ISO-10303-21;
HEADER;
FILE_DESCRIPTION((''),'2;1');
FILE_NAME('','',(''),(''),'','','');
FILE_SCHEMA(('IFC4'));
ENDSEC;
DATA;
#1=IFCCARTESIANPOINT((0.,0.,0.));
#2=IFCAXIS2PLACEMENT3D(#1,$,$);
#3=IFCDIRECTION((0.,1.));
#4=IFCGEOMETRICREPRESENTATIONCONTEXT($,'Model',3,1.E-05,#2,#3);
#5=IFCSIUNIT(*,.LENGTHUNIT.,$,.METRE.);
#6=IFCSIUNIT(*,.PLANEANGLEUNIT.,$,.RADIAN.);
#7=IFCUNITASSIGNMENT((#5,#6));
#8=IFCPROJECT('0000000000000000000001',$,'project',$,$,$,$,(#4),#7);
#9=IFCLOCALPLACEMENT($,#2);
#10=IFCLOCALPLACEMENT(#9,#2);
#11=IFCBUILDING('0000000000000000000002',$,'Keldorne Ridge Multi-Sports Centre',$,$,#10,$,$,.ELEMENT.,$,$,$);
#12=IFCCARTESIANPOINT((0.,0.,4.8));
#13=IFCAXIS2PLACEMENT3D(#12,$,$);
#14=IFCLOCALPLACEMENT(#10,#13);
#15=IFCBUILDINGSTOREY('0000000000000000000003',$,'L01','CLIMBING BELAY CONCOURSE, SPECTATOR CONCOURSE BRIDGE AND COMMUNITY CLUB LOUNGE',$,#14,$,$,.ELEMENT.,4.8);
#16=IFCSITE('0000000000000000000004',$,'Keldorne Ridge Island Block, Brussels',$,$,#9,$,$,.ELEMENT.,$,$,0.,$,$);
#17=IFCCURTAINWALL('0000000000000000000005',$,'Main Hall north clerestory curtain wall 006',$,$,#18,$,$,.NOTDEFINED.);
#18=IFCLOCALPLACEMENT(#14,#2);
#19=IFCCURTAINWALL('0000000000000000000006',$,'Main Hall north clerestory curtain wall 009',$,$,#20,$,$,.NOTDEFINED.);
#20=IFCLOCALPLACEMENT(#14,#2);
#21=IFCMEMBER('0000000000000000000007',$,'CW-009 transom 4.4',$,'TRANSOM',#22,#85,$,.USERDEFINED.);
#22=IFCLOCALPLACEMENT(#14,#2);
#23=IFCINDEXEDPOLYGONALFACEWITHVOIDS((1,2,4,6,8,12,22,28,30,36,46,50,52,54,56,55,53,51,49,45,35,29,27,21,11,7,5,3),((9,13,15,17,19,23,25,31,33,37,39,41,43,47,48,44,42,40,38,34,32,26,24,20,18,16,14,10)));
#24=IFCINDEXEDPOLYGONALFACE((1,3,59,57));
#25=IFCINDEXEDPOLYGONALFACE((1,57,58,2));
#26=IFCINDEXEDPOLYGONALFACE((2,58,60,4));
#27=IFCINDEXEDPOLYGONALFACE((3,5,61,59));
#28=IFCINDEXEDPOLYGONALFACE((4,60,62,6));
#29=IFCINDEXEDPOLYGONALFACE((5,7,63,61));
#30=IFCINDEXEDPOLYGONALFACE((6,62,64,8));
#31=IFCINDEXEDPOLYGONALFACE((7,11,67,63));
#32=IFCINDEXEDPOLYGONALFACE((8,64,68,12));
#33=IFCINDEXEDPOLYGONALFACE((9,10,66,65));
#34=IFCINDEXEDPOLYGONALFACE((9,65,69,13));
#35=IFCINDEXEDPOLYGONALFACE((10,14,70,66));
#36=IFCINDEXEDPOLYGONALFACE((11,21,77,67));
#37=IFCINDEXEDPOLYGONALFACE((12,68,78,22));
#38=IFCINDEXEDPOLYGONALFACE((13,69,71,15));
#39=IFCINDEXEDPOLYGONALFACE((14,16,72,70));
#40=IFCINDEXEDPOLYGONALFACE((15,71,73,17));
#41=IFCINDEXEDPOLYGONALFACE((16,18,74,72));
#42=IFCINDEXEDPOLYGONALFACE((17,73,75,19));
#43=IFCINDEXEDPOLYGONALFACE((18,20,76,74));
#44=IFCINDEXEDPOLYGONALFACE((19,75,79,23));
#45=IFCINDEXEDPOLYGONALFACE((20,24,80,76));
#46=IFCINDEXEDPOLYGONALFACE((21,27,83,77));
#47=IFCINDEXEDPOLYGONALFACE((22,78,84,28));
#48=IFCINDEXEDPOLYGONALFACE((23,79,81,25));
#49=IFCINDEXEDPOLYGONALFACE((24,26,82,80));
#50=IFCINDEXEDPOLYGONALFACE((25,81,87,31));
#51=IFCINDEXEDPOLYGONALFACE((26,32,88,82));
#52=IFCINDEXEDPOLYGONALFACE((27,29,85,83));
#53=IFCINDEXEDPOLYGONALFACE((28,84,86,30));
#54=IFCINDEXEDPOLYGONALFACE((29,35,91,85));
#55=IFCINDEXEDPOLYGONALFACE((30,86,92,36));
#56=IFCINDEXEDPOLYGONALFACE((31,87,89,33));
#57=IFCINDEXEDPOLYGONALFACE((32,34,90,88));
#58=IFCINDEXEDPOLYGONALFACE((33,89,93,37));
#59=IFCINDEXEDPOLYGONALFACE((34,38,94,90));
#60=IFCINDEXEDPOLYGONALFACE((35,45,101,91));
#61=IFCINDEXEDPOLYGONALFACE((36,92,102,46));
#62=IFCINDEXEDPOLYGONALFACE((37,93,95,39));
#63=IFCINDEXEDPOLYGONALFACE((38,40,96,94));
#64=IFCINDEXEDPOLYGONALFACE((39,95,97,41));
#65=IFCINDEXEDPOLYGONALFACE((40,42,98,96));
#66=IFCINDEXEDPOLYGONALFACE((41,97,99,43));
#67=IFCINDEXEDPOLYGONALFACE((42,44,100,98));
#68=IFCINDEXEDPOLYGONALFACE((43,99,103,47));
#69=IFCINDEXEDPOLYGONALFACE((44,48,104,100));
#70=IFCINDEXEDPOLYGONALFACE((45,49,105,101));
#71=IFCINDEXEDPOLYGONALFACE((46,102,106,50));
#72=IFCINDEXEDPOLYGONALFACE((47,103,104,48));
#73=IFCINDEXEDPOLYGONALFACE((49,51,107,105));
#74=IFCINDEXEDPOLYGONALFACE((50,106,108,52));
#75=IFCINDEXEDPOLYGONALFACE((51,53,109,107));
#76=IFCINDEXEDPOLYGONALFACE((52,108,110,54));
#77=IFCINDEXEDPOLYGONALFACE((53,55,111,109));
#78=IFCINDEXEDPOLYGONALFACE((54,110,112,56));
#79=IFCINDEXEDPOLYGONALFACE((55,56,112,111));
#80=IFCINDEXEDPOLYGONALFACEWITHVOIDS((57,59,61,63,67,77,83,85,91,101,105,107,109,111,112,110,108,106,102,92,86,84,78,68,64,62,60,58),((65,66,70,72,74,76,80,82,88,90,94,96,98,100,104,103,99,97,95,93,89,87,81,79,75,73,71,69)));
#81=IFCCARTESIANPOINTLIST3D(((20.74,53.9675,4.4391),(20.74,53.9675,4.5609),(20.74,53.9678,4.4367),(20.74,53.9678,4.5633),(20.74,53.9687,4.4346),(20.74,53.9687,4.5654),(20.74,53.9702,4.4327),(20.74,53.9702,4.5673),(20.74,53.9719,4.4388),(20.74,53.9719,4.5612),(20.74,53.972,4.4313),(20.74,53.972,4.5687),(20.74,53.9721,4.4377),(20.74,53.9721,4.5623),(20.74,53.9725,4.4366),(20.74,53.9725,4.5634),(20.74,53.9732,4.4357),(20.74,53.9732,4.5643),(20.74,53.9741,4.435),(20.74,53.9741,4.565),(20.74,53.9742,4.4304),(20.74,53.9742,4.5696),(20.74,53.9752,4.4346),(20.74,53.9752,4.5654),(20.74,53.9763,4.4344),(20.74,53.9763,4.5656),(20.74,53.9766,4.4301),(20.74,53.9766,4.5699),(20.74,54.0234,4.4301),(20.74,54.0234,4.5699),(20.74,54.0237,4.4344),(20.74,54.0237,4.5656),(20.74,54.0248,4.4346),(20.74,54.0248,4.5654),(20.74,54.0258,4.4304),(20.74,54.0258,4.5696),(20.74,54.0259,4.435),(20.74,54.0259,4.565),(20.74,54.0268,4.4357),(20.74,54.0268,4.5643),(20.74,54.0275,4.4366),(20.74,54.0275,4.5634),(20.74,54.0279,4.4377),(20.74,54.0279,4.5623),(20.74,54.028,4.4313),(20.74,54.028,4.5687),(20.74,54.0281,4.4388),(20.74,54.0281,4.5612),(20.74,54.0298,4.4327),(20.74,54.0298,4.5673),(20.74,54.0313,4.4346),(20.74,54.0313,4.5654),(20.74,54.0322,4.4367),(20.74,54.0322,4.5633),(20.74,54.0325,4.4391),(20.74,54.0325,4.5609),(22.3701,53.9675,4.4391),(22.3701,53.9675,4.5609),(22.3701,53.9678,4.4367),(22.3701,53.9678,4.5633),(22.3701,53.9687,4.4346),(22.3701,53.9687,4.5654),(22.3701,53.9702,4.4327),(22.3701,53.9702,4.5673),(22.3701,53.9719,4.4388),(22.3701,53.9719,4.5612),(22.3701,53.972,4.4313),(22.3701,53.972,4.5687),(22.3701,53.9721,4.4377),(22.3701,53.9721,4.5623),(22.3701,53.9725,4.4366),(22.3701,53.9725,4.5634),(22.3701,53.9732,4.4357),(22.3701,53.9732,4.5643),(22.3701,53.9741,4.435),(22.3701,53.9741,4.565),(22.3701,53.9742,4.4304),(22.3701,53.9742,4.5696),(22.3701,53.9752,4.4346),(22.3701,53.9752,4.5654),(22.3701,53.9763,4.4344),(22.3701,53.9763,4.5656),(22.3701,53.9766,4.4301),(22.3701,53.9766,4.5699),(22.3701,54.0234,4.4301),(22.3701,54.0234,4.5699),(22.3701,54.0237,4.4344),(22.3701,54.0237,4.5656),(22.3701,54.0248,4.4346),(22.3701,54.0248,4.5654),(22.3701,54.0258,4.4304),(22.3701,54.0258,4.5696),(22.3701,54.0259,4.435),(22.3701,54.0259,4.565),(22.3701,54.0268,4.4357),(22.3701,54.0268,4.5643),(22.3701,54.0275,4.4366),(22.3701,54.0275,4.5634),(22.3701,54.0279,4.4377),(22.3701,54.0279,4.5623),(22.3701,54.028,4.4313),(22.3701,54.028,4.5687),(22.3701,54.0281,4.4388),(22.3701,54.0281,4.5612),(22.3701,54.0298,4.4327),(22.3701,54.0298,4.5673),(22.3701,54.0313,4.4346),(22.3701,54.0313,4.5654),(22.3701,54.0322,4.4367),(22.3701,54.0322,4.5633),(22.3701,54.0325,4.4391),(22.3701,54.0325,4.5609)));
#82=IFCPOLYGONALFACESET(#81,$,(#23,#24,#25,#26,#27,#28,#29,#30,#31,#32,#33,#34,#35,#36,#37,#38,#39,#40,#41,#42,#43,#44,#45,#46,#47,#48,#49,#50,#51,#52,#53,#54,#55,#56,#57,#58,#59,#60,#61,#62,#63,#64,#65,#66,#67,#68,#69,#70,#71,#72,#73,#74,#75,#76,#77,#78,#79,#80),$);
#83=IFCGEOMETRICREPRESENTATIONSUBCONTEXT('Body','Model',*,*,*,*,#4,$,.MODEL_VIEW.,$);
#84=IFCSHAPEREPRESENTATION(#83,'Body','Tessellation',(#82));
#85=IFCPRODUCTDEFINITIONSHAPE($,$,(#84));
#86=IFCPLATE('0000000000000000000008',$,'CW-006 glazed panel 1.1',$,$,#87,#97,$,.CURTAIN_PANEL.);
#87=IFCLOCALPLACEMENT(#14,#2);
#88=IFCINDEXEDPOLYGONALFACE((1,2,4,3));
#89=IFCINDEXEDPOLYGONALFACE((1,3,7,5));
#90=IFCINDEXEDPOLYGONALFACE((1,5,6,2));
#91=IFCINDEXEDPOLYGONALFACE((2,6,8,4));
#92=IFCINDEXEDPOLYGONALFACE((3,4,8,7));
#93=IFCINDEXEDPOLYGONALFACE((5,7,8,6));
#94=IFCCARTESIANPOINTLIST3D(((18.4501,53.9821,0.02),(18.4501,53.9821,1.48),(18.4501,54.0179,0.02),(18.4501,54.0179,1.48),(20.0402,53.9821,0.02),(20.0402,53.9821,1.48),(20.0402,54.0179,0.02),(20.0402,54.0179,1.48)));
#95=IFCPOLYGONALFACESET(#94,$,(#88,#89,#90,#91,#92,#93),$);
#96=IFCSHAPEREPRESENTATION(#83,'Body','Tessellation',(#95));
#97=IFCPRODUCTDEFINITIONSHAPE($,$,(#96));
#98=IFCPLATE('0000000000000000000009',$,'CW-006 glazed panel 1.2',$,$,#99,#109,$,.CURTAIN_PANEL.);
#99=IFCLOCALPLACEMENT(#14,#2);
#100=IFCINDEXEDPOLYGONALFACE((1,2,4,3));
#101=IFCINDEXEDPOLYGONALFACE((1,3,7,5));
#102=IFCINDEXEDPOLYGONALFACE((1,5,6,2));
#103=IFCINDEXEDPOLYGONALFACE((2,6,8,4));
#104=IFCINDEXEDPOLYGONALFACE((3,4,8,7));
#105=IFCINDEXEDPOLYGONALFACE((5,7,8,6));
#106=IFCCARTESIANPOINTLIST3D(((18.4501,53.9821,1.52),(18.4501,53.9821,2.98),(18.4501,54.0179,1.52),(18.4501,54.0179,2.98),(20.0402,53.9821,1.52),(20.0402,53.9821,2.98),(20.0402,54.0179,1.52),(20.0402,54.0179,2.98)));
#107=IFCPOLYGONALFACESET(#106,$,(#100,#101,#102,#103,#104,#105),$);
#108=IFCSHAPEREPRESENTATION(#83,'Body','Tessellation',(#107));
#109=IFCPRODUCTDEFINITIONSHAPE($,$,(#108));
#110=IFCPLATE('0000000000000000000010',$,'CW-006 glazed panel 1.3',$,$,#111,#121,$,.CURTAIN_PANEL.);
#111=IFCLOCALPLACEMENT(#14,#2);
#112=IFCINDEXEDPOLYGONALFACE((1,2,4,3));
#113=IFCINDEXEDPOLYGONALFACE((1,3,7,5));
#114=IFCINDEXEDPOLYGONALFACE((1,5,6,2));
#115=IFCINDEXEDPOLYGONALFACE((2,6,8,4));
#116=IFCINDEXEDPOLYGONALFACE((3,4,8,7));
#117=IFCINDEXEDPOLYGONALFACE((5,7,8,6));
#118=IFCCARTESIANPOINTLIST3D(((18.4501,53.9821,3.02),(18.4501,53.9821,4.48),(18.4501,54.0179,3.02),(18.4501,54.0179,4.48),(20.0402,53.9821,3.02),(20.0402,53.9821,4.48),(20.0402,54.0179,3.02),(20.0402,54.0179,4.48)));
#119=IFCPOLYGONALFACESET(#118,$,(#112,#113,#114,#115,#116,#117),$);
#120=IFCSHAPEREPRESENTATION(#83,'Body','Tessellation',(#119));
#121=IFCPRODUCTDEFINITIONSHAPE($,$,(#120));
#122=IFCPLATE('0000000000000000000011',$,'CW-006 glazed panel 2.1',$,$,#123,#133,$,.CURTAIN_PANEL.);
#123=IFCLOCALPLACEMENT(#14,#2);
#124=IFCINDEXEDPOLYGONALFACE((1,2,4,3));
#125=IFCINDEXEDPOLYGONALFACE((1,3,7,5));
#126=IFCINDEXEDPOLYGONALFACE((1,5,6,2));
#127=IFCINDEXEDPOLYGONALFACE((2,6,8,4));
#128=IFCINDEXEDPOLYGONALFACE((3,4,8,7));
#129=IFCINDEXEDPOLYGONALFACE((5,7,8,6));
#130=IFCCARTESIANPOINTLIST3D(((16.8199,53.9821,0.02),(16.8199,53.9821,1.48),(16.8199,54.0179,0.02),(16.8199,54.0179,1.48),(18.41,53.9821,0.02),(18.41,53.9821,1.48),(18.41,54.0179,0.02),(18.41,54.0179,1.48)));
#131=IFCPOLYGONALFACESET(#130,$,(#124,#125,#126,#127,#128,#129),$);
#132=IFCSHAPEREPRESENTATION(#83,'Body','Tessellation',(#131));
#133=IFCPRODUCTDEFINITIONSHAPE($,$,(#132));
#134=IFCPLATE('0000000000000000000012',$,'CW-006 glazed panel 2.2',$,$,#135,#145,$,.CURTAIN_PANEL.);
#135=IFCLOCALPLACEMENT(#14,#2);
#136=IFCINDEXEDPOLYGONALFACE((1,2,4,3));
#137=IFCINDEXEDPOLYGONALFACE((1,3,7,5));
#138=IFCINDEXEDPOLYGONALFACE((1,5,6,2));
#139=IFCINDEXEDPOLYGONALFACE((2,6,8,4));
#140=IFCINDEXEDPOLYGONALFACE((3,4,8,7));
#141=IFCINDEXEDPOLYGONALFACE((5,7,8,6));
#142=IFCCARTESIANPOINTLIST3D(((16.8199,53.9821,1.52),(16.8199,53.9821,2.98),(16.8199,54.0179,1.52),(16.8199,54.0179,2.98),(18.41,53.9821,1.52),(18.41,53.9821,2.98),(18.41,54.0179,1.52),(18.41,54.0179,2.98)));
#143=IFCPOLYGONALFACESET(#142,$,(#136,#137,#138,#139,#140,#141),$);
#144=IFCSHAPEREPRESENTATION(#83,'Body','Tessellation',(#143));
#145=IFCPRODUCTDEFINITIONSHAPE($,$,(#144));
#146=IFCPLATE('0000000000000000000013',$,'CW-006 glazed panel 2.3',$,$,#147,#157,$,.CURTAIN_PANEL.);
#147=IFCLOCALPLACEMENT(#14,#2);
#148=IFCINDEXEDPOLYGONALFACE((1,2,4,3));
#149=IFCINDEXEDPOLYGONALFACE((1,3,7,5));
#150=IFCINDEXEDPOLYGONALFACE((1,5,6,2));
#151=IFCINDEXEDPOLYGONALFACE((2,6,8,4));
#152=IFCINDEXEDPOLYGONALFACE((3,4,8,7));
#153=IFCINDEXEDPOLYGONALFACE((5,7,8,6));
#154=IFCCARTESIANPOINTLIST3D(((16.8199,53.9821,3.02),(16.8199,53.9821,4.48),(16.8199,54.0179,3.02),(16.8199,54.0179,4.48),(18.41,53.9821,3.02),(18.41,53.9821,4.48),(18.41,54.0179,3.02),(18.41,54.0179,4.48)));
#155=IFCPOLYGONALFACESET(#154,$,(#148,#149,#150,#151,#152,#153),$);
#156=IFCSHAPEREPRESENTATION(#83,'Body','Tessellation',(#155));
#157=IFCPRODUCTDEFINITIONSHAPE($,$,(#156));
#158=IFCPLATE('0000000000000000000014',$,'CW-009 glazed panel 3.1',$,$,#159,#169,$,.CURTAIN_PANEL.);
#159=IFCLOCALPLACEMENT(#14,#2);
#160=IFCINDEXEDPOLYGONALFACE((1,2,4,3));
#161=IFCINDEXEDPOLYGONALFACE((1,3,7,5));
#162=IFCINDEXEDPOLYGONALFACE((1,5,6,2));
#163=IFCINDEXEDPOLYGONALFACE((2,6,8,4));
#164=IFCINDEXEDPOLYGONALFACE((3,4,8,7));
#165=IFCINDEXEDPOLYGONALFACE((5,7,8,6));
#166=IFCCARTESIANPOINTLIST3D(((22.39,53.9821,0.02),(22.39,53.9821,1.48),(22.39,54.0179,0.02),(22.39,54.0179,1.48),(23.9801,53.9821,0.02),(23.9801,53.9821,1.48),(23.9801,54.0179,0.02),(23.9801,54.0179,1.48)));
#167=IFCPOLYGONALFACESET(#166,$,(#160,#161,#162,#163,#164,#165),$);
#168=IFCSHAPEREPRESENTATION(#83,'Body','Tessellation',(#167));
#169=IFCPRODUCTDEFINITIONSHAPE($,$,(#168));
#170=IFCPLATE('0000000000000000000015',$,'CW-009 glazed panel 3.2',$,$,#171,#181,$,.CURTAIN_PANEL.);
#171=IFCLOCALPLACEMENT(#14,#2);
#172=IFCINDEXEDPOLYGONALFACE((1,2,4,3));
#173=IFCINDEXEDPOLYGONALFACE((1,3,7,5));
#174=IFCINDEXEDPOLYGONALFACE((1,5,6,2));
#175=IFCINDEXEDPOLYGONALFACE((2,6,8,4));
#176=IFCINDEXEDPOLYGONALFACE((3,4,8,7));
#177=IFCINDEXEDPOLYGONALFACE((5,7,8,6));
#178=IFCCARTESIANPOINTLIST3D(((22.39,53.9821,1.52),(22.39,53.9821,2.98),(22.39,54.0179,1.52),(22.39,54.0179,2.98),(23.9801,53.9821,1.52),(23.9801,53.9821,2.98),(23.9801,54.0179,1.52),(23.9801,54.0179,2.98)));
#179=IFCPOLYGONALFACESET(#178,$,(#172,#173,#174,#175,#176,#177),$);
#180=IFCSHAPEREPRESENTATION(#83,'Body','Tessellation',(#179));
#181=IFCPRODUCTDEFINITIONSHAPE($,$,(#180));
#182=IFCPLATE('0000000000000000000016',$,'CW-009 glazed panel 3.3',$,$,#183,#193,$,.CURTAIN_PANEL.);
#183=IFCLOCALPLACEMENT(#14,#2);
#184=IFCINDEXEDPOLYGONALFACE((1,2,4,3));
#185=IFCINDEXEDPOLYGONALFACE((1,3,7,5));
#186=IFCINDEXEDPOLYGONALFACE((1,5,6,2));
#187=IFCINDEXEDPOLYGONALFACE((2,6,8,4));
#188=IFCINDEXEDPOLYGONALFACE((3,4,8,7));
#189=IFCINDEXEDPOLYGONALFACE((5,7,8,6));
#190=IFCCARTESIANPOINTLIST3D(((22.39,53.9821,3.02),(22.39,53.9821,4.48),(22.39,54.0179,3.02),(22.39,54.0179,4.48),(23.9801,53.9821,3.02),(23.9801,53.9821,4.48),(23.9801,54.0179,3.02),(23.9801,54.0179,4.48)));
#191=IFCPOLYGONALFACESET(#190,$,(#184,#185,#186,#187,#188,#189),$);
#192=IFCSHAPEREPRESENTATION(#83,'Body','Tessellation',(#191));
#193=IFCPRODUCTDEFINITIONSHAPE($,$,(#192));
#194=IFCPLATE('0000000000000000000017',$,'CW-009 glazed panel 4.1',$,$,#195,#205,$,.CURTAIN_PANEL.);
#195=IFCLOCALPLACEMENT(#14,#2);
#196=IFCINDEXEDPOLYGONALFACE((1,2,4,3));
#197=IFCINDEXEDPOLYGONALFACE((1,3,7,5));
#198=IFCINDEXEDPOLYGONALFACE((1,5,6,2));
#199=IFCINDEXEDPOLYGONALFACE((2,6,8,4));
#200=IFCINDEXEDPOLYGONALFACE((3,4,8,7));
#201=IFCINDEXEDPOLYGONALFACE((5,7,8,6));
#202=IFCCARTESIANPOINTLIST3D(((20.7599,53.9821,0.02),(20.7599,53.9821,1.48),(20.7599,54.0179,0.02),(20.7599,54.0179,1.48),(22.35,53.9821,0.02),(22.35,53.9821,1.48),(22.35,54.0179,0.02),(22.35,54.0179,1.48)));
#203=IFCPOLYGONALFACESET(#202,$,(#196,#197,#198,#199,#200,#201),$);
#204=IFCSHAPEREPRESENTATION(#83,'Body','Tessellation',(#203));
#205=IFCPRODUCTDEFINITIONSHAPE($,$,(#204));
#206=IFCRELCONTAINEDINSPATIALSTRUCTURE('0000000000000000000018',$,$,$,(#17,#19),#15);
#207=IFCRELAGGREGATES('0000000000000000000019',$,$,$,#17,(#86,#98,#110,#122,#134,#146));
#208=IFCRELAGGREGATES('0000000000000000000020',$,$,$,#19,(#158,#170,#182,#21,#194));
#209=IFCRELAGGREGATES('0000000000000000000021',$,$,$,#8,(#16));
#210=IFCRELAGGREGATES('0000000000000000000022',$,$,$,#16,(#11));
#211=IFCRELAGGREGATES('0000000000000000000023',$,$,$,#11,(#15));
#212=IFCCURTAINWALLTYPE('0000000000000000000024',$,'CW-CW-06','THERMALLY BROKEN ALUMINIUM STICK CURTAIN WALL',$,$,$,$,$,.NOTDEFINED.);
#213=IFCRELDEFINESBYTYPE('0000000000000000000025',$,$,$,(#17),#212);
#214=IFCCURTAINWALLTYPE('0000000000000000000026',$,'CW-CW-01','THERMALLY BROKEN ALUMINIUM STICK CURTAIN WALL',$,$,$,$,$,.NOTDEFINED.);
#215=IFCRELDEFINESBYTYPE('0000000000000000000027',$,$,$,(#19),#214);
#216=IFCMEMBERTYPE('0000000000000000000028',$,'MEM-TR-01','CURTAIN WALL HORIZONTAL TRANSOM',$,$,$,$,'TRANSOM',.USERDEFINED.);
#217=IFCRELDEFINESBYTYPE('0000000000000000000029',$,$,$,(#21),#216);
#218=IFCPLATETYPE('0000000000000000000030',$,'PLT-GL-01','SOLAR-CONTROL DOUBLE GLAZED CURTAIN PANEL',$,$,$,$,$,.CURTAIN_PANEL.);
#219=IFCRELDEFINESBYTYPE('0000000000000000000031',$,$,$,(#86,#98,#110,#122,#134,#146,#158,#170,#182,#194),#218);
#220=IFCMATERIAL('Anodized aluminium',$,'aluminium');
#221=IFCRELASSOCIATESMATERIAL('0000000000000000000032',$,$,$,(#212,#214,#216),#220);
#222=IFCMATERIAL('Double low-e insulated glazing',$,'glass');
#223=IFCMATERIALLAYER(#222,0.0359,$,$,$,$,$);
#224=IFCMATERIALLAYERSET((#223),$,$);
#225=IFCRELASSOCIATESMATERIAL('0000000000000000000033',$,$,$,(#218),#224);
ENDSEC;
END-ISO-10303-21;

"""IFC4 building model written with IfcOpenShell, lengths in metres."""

from ifc_helpers import new_model, si_unit, direction, frame, origin, origin_2d, place, context, subcontext, project, spatial, rectangle, hollow_rectangle, extrude, material, layer, layer_set, material_profile, profile_set, type_object, element, aggregate, save


model = new_model("IFC4")

# Units and contexts
model_context = context("Model", 3, precision=1e-05, world=origin(), true_north=direction((0.0, 1.0)))
body_context = subcontext(model_context, "Body", "Model", "MODEL_VIEW")
ifc_project = project(units=[si_unit("LENGTHUNIT", "METRE"), si_unit("PLANEANGLEUNIT", "RADIAN")], contexts=[model_context])

# Site, building, storey
site_placement = place(None, origin())
site = spatial("IfcSite", under=ifc_project, at=site_placement, Name="Keldorne Ridge Island Block, Brussels", CompositionType="ELEMENT", RefElevation=0.0)
building_placement = place(site_placement, origin())
building = spatial("IfcBuilding", under=site, at=building_placement, Name="Keldorne Ridge Multi-Sports Centre", CompositionType="ELEMENT")
storey_placement = place(building_placement, frame((0.0, 0.0, 4.8)))
storey = spatial("IfcBuildingStorey", under=building, at=storey_placement, Name="L01", Description="CLIMBING BELAY CONCOURSE, SPECTATOR CONCOURSE BRIDGE AND COMMUNITY CLUB LOUNGE", CompositionType="ELEMENT", Elevation=4.8)

# Curtain walls
ifc_material_1 = material(Name="Anodized aluminium", Category="aluminium")
curtain_wall_type_1 = type_object("IfcCurtainWallType", Name="CW-CW-06", Description="THERMALLY BROKEN ALUMINIUM STICK CURTAIN WALL", PredefinedType="NOTDEFINED", material=ifc_material_1)
curtain_wall_1_placement = place(storey_placement, origin())
curtain_wall_1 = element("IfcCurtainWall", 1, at=curtain_wall_1_placement, inside=storey, type_object=curtain_wall_type_1, Name="Main Hall north clerestory curtain wall 006", PredefinedType="NOTDEFINED")
curtain_wall_type_2 = type_object("IfcCurtainWallType", Name="CW-CW-01", Description="THERMALLY BROKEN ALUMINIUM STICK CURTAIN WALL", PredefinedType="NOTDEFINED", material=ifc_material_1)
curtain_wall_2_placement = place(storey_placement, origin())
curtain_wall_2 = element("IfcCurtainWall", 2, at=curtain_wall_2_placement, inside=storey, type_object=curtain_wall_type_2, Name="Main Hall north clerestory curtain wall 009", PredefinedType="NOTDEFINED")

# Member
ifc_material_profile_1 = material_profile(ifc_material_1, hollow_rectangle(XDim=0.0649, YDim=0.1399, WallThickness=0.0044, InnerFilletRadius=0.0044, OuterFilletRadius=0.009, at=origin_2d()), Name="ALU TRANSOM 140x65x4.5")
ifc_profile_set_1 = profile_set([ifc_material_profile_1], Name="Anodized aluminium")
member_type_1 = type_object("IfcMemberType", Name="MEM-TR-01", Description="CURTAIN WALL HORIZONTAL TRANSOM", ElementType="TRANSOM", PredefinedType="USERDEFINED", material=ifc_profile_set_1)
member_1_placement = place(storey_placement, frame((22.3701, 54.0, 4.5), z_axis=(-1.0, 0.0, 0.0), x_axis=(0.0, -1.0, 0.0)))
member_1 = element("IfcMember", 3, at=member_1_placement, type_object=member_type_1, Name="CW-009 transom 4.4", ObjectType="TRANSOM", PredefinedType="USERDEFINED", context=body_context, shape_type="SweptSolid", body=[
    extrude(hollow_rectangle(XDim=0.0649, YDim=0.1399, WallThickness=0.0044, InnerFilletRadius=0.0044, OuterFilletRadius=0.009, at=origin_2d()), origin(), (0.0, 0.0, 1.0), 1.6301),
])

# Plates
ifc_material_2 = material(Name="Double low-e insulated glazing", Category="glass")
ifc_layer = layer(ifc_material_2, 0.0359)
ifc_layer_set = layer_set([ifc_layer])
plate_type = type_object("IfcPlateType", Name="PLT-GL-01", Description="SOLAR-CONTROL DOUBLE GLAZED CURTAIN PANEL", PredefinedType="CURTAIN_PANEL", material=ifc_layer_set)
plate_1_placement = place(storey_placement, frame((19.2451, 54.0, 0.02), z_axis=(0.0, 0.0, 1.0), x_axis=(-1.0, 0.0, 0.0)))
plate_1 = element("IfcPlate", 4, at=plate_1_placement, type_object=plate_type, Name="CW-006 glazed panel 1.1", PredefinedType="CURTAIN_PANEL", context=body_context, shape_type="SweptSolid", body=[
    extrude(rectangle(XDim=1.5901, YDim=0.0359, at=origin_2d()), origin(), (0.0, 0.0, 1.0), 1.46),
])
plate_2_placement = place(storey_placement, frame((19.2451, 54.0, 1.52), z_axis=(0.0, 0.0, 1.0), x_axis=(-1.0, 0.0, 0.0)))
plate_2 = element("IfcPlate", 5, at=plate_2_placement, type_object=plate_type, Name="CW-006 glazed panel 1.2", PredefinedType="CURTAIN_PANEL", context=body_context, shape_type="SweptSolid", body=[
    extrude(rectangle(XDim=1.5901, YDim=0.0359, at=origin_2d()), origin(), (0.0, 0.0, 1.0), 1.46),
])
plate_3_placement = place(storey_placement, frame((19.2451, 54.0, 3.02), z_axis=(0.0, 0.0, 1.0), x_axis=(-1.0, 0.0, 0.0)))
plate_3 = element("IfcPlate", 6, at=plate_3_placement, type_object=plate_type, Name="CW-006 glazed panel 1.3", PredefinedType="CURTAIN_PANEL", context=body_context, shape_type="SweptSolid", body=[
    extrude(rectangle(XDim=1.5901, YDim=0.0359, at=origin_2d()), origin(), (0.0, 0.0, 1.0), 1.46),
])
plate_4_placement = place(storey_placement, frame((17.615, 54.0, 0.02), z_axis=(0.0, 0.0, 1.0), x_axis=(-1.0, 0.0, 0.0)))
plate_4 = element("IfcPlate", 7, at=plate_4_placement, type_object=plate_type, Name="CW-006 glazed panel 2.1", PredefinedType="CURTAIN_PANEL", context=body_context, shape_type="SweptSolid", body=[
    extrude(rectangle(XDim=1.5901, YDim=0.0359, at=origin_2d()), origin(), (0.0, 0.0, 1.0), 1.46),
])
plate_5_placement = place(storey_placement, frame((17.615, 54.0, 1.52), z_axis=(0.0, 0.0, 1.0), x_axis=(-1.0, 0.0, 0.0)))
plate_5 = element("IfcPlate", 8, at=plate_5_placement, type_object=plate_type, Name="CW-006 glazed panel 2.2", PredefinedType="CURTAIN_PANEL", context=body_context, shape_type="SweptSolid", body=[
    extrude(rectangle(XDim=1.5901, YDim=0.0359, at=origin_2d()), origin(), (0.0, 0.0, 1.0), 1.46),
])
plate_6_placement = place(storey_placement, frame((17.615, 54.0, 3.02), z_axis=(0.0, 0.0, 1.0), x_axis=(-1.0, 0.0, 0.0)))
plate_6 = element("IfcPlate", 9, at=plate_6_placement, type_object=plate_type, Name="CW-006 glazed panel 2.3", PredefinedType="CURTAIN_PANEL", context=body_context, shape_type="SweptSolid", body=[
    extrude(rectangle(XDim=1.5901, YDim=0.0359, at=origin_2d()), origin(), (0.0, 0.0, 1.0), 1.46),
])
aggregate(curtain_wall_1, [plate_1, plate_2, plate_3, plate_4, plate_5, plate_6])
plate_7_placement = place(storey_placement, frame((23.1851, 54.0, 0.02), z_axis=(0.0, 0.0, 1.0), x_axis=(-1.0, 0.0, 0.0)))
plate_7 = element("IfcPlate", 10, at=plate_7_placement, type_object=plate_type, Name="CW-009 glazed panel 3.1", PredefinedType="CURTAIN_PANEL", context=body_context, shape_type="SweptSolid", body=[
    extrude(rectangle(XDim=1.5901, YDim=0.0359, at=origin_2d()), origin(), (0.0, 0.0, 1.0), 1.46),
])
plate_8_placement = place(storey_placement, frame((23.1851, 54.0, 1.52), z_axis=(0.0, 0.0, 1.0), x_axis=(-1.0, 0.0, 0.0)))
plate_8 = element("IfcPlate", 11, at=plate_8_placement, type_object=plate_type, Name="CW-009 glazed panel 3.2", PredefinedType="CURTAIN_PANEL", context=body_context, shape_type="SweptSolid", body=[
    extrude(rectangle(XDim=1.5901, YDim=0.0359, at=origin_2d()), origin(), (0.0, 0.0, 1.0), 1.46),
])
plate_9_placement = place(storey_placement, frame((23.1851, 54.0, 3.02), z_axis=(0.0, 0.0, 1.0), x_axis=(-1.0, 0.0, 0.0)))
plate_9 = element("IfcPlate", 12, at=plate_9_placement, type_object=plate_type, Name="CW-009 glazed panel 3.3", PredefinedType="CURTAIN_PANEL", context=body_context, shape_type="SweptSolid", body=[
    extrude(rectangle(XDim=1.5901, YDim=0.0359, at=origin_2d()), origin(), (0.0, 0.0, 1.0), 1.46),
])
plate_10_placement = place(storey_placement, frame((21.5549, 54.0, 0.02), z_axis=(0.0, 0.0, 1.0), x_axis=(-1.0, 0.0, 0.0)))
plate_10 = element("IfcPlate", 13, at=plate_10_placement, type_object=plate_type, Name="CW-009 glazed panel 4.1", PredefinedType="CURTAIN_PANEL", context=body_context, shape_type="SweptSolid", body=[
    extrude(rectangle(XDim=1.5901, YDim=0.0359, at=origin_2d()), origin(), (0.0, 0.0, 1.0), 1.46),
])
aggregate(curtain_wall_2, [plate_7, plate_8, plate_9, member_1, plate_10])

save(model, "model.ifc")
